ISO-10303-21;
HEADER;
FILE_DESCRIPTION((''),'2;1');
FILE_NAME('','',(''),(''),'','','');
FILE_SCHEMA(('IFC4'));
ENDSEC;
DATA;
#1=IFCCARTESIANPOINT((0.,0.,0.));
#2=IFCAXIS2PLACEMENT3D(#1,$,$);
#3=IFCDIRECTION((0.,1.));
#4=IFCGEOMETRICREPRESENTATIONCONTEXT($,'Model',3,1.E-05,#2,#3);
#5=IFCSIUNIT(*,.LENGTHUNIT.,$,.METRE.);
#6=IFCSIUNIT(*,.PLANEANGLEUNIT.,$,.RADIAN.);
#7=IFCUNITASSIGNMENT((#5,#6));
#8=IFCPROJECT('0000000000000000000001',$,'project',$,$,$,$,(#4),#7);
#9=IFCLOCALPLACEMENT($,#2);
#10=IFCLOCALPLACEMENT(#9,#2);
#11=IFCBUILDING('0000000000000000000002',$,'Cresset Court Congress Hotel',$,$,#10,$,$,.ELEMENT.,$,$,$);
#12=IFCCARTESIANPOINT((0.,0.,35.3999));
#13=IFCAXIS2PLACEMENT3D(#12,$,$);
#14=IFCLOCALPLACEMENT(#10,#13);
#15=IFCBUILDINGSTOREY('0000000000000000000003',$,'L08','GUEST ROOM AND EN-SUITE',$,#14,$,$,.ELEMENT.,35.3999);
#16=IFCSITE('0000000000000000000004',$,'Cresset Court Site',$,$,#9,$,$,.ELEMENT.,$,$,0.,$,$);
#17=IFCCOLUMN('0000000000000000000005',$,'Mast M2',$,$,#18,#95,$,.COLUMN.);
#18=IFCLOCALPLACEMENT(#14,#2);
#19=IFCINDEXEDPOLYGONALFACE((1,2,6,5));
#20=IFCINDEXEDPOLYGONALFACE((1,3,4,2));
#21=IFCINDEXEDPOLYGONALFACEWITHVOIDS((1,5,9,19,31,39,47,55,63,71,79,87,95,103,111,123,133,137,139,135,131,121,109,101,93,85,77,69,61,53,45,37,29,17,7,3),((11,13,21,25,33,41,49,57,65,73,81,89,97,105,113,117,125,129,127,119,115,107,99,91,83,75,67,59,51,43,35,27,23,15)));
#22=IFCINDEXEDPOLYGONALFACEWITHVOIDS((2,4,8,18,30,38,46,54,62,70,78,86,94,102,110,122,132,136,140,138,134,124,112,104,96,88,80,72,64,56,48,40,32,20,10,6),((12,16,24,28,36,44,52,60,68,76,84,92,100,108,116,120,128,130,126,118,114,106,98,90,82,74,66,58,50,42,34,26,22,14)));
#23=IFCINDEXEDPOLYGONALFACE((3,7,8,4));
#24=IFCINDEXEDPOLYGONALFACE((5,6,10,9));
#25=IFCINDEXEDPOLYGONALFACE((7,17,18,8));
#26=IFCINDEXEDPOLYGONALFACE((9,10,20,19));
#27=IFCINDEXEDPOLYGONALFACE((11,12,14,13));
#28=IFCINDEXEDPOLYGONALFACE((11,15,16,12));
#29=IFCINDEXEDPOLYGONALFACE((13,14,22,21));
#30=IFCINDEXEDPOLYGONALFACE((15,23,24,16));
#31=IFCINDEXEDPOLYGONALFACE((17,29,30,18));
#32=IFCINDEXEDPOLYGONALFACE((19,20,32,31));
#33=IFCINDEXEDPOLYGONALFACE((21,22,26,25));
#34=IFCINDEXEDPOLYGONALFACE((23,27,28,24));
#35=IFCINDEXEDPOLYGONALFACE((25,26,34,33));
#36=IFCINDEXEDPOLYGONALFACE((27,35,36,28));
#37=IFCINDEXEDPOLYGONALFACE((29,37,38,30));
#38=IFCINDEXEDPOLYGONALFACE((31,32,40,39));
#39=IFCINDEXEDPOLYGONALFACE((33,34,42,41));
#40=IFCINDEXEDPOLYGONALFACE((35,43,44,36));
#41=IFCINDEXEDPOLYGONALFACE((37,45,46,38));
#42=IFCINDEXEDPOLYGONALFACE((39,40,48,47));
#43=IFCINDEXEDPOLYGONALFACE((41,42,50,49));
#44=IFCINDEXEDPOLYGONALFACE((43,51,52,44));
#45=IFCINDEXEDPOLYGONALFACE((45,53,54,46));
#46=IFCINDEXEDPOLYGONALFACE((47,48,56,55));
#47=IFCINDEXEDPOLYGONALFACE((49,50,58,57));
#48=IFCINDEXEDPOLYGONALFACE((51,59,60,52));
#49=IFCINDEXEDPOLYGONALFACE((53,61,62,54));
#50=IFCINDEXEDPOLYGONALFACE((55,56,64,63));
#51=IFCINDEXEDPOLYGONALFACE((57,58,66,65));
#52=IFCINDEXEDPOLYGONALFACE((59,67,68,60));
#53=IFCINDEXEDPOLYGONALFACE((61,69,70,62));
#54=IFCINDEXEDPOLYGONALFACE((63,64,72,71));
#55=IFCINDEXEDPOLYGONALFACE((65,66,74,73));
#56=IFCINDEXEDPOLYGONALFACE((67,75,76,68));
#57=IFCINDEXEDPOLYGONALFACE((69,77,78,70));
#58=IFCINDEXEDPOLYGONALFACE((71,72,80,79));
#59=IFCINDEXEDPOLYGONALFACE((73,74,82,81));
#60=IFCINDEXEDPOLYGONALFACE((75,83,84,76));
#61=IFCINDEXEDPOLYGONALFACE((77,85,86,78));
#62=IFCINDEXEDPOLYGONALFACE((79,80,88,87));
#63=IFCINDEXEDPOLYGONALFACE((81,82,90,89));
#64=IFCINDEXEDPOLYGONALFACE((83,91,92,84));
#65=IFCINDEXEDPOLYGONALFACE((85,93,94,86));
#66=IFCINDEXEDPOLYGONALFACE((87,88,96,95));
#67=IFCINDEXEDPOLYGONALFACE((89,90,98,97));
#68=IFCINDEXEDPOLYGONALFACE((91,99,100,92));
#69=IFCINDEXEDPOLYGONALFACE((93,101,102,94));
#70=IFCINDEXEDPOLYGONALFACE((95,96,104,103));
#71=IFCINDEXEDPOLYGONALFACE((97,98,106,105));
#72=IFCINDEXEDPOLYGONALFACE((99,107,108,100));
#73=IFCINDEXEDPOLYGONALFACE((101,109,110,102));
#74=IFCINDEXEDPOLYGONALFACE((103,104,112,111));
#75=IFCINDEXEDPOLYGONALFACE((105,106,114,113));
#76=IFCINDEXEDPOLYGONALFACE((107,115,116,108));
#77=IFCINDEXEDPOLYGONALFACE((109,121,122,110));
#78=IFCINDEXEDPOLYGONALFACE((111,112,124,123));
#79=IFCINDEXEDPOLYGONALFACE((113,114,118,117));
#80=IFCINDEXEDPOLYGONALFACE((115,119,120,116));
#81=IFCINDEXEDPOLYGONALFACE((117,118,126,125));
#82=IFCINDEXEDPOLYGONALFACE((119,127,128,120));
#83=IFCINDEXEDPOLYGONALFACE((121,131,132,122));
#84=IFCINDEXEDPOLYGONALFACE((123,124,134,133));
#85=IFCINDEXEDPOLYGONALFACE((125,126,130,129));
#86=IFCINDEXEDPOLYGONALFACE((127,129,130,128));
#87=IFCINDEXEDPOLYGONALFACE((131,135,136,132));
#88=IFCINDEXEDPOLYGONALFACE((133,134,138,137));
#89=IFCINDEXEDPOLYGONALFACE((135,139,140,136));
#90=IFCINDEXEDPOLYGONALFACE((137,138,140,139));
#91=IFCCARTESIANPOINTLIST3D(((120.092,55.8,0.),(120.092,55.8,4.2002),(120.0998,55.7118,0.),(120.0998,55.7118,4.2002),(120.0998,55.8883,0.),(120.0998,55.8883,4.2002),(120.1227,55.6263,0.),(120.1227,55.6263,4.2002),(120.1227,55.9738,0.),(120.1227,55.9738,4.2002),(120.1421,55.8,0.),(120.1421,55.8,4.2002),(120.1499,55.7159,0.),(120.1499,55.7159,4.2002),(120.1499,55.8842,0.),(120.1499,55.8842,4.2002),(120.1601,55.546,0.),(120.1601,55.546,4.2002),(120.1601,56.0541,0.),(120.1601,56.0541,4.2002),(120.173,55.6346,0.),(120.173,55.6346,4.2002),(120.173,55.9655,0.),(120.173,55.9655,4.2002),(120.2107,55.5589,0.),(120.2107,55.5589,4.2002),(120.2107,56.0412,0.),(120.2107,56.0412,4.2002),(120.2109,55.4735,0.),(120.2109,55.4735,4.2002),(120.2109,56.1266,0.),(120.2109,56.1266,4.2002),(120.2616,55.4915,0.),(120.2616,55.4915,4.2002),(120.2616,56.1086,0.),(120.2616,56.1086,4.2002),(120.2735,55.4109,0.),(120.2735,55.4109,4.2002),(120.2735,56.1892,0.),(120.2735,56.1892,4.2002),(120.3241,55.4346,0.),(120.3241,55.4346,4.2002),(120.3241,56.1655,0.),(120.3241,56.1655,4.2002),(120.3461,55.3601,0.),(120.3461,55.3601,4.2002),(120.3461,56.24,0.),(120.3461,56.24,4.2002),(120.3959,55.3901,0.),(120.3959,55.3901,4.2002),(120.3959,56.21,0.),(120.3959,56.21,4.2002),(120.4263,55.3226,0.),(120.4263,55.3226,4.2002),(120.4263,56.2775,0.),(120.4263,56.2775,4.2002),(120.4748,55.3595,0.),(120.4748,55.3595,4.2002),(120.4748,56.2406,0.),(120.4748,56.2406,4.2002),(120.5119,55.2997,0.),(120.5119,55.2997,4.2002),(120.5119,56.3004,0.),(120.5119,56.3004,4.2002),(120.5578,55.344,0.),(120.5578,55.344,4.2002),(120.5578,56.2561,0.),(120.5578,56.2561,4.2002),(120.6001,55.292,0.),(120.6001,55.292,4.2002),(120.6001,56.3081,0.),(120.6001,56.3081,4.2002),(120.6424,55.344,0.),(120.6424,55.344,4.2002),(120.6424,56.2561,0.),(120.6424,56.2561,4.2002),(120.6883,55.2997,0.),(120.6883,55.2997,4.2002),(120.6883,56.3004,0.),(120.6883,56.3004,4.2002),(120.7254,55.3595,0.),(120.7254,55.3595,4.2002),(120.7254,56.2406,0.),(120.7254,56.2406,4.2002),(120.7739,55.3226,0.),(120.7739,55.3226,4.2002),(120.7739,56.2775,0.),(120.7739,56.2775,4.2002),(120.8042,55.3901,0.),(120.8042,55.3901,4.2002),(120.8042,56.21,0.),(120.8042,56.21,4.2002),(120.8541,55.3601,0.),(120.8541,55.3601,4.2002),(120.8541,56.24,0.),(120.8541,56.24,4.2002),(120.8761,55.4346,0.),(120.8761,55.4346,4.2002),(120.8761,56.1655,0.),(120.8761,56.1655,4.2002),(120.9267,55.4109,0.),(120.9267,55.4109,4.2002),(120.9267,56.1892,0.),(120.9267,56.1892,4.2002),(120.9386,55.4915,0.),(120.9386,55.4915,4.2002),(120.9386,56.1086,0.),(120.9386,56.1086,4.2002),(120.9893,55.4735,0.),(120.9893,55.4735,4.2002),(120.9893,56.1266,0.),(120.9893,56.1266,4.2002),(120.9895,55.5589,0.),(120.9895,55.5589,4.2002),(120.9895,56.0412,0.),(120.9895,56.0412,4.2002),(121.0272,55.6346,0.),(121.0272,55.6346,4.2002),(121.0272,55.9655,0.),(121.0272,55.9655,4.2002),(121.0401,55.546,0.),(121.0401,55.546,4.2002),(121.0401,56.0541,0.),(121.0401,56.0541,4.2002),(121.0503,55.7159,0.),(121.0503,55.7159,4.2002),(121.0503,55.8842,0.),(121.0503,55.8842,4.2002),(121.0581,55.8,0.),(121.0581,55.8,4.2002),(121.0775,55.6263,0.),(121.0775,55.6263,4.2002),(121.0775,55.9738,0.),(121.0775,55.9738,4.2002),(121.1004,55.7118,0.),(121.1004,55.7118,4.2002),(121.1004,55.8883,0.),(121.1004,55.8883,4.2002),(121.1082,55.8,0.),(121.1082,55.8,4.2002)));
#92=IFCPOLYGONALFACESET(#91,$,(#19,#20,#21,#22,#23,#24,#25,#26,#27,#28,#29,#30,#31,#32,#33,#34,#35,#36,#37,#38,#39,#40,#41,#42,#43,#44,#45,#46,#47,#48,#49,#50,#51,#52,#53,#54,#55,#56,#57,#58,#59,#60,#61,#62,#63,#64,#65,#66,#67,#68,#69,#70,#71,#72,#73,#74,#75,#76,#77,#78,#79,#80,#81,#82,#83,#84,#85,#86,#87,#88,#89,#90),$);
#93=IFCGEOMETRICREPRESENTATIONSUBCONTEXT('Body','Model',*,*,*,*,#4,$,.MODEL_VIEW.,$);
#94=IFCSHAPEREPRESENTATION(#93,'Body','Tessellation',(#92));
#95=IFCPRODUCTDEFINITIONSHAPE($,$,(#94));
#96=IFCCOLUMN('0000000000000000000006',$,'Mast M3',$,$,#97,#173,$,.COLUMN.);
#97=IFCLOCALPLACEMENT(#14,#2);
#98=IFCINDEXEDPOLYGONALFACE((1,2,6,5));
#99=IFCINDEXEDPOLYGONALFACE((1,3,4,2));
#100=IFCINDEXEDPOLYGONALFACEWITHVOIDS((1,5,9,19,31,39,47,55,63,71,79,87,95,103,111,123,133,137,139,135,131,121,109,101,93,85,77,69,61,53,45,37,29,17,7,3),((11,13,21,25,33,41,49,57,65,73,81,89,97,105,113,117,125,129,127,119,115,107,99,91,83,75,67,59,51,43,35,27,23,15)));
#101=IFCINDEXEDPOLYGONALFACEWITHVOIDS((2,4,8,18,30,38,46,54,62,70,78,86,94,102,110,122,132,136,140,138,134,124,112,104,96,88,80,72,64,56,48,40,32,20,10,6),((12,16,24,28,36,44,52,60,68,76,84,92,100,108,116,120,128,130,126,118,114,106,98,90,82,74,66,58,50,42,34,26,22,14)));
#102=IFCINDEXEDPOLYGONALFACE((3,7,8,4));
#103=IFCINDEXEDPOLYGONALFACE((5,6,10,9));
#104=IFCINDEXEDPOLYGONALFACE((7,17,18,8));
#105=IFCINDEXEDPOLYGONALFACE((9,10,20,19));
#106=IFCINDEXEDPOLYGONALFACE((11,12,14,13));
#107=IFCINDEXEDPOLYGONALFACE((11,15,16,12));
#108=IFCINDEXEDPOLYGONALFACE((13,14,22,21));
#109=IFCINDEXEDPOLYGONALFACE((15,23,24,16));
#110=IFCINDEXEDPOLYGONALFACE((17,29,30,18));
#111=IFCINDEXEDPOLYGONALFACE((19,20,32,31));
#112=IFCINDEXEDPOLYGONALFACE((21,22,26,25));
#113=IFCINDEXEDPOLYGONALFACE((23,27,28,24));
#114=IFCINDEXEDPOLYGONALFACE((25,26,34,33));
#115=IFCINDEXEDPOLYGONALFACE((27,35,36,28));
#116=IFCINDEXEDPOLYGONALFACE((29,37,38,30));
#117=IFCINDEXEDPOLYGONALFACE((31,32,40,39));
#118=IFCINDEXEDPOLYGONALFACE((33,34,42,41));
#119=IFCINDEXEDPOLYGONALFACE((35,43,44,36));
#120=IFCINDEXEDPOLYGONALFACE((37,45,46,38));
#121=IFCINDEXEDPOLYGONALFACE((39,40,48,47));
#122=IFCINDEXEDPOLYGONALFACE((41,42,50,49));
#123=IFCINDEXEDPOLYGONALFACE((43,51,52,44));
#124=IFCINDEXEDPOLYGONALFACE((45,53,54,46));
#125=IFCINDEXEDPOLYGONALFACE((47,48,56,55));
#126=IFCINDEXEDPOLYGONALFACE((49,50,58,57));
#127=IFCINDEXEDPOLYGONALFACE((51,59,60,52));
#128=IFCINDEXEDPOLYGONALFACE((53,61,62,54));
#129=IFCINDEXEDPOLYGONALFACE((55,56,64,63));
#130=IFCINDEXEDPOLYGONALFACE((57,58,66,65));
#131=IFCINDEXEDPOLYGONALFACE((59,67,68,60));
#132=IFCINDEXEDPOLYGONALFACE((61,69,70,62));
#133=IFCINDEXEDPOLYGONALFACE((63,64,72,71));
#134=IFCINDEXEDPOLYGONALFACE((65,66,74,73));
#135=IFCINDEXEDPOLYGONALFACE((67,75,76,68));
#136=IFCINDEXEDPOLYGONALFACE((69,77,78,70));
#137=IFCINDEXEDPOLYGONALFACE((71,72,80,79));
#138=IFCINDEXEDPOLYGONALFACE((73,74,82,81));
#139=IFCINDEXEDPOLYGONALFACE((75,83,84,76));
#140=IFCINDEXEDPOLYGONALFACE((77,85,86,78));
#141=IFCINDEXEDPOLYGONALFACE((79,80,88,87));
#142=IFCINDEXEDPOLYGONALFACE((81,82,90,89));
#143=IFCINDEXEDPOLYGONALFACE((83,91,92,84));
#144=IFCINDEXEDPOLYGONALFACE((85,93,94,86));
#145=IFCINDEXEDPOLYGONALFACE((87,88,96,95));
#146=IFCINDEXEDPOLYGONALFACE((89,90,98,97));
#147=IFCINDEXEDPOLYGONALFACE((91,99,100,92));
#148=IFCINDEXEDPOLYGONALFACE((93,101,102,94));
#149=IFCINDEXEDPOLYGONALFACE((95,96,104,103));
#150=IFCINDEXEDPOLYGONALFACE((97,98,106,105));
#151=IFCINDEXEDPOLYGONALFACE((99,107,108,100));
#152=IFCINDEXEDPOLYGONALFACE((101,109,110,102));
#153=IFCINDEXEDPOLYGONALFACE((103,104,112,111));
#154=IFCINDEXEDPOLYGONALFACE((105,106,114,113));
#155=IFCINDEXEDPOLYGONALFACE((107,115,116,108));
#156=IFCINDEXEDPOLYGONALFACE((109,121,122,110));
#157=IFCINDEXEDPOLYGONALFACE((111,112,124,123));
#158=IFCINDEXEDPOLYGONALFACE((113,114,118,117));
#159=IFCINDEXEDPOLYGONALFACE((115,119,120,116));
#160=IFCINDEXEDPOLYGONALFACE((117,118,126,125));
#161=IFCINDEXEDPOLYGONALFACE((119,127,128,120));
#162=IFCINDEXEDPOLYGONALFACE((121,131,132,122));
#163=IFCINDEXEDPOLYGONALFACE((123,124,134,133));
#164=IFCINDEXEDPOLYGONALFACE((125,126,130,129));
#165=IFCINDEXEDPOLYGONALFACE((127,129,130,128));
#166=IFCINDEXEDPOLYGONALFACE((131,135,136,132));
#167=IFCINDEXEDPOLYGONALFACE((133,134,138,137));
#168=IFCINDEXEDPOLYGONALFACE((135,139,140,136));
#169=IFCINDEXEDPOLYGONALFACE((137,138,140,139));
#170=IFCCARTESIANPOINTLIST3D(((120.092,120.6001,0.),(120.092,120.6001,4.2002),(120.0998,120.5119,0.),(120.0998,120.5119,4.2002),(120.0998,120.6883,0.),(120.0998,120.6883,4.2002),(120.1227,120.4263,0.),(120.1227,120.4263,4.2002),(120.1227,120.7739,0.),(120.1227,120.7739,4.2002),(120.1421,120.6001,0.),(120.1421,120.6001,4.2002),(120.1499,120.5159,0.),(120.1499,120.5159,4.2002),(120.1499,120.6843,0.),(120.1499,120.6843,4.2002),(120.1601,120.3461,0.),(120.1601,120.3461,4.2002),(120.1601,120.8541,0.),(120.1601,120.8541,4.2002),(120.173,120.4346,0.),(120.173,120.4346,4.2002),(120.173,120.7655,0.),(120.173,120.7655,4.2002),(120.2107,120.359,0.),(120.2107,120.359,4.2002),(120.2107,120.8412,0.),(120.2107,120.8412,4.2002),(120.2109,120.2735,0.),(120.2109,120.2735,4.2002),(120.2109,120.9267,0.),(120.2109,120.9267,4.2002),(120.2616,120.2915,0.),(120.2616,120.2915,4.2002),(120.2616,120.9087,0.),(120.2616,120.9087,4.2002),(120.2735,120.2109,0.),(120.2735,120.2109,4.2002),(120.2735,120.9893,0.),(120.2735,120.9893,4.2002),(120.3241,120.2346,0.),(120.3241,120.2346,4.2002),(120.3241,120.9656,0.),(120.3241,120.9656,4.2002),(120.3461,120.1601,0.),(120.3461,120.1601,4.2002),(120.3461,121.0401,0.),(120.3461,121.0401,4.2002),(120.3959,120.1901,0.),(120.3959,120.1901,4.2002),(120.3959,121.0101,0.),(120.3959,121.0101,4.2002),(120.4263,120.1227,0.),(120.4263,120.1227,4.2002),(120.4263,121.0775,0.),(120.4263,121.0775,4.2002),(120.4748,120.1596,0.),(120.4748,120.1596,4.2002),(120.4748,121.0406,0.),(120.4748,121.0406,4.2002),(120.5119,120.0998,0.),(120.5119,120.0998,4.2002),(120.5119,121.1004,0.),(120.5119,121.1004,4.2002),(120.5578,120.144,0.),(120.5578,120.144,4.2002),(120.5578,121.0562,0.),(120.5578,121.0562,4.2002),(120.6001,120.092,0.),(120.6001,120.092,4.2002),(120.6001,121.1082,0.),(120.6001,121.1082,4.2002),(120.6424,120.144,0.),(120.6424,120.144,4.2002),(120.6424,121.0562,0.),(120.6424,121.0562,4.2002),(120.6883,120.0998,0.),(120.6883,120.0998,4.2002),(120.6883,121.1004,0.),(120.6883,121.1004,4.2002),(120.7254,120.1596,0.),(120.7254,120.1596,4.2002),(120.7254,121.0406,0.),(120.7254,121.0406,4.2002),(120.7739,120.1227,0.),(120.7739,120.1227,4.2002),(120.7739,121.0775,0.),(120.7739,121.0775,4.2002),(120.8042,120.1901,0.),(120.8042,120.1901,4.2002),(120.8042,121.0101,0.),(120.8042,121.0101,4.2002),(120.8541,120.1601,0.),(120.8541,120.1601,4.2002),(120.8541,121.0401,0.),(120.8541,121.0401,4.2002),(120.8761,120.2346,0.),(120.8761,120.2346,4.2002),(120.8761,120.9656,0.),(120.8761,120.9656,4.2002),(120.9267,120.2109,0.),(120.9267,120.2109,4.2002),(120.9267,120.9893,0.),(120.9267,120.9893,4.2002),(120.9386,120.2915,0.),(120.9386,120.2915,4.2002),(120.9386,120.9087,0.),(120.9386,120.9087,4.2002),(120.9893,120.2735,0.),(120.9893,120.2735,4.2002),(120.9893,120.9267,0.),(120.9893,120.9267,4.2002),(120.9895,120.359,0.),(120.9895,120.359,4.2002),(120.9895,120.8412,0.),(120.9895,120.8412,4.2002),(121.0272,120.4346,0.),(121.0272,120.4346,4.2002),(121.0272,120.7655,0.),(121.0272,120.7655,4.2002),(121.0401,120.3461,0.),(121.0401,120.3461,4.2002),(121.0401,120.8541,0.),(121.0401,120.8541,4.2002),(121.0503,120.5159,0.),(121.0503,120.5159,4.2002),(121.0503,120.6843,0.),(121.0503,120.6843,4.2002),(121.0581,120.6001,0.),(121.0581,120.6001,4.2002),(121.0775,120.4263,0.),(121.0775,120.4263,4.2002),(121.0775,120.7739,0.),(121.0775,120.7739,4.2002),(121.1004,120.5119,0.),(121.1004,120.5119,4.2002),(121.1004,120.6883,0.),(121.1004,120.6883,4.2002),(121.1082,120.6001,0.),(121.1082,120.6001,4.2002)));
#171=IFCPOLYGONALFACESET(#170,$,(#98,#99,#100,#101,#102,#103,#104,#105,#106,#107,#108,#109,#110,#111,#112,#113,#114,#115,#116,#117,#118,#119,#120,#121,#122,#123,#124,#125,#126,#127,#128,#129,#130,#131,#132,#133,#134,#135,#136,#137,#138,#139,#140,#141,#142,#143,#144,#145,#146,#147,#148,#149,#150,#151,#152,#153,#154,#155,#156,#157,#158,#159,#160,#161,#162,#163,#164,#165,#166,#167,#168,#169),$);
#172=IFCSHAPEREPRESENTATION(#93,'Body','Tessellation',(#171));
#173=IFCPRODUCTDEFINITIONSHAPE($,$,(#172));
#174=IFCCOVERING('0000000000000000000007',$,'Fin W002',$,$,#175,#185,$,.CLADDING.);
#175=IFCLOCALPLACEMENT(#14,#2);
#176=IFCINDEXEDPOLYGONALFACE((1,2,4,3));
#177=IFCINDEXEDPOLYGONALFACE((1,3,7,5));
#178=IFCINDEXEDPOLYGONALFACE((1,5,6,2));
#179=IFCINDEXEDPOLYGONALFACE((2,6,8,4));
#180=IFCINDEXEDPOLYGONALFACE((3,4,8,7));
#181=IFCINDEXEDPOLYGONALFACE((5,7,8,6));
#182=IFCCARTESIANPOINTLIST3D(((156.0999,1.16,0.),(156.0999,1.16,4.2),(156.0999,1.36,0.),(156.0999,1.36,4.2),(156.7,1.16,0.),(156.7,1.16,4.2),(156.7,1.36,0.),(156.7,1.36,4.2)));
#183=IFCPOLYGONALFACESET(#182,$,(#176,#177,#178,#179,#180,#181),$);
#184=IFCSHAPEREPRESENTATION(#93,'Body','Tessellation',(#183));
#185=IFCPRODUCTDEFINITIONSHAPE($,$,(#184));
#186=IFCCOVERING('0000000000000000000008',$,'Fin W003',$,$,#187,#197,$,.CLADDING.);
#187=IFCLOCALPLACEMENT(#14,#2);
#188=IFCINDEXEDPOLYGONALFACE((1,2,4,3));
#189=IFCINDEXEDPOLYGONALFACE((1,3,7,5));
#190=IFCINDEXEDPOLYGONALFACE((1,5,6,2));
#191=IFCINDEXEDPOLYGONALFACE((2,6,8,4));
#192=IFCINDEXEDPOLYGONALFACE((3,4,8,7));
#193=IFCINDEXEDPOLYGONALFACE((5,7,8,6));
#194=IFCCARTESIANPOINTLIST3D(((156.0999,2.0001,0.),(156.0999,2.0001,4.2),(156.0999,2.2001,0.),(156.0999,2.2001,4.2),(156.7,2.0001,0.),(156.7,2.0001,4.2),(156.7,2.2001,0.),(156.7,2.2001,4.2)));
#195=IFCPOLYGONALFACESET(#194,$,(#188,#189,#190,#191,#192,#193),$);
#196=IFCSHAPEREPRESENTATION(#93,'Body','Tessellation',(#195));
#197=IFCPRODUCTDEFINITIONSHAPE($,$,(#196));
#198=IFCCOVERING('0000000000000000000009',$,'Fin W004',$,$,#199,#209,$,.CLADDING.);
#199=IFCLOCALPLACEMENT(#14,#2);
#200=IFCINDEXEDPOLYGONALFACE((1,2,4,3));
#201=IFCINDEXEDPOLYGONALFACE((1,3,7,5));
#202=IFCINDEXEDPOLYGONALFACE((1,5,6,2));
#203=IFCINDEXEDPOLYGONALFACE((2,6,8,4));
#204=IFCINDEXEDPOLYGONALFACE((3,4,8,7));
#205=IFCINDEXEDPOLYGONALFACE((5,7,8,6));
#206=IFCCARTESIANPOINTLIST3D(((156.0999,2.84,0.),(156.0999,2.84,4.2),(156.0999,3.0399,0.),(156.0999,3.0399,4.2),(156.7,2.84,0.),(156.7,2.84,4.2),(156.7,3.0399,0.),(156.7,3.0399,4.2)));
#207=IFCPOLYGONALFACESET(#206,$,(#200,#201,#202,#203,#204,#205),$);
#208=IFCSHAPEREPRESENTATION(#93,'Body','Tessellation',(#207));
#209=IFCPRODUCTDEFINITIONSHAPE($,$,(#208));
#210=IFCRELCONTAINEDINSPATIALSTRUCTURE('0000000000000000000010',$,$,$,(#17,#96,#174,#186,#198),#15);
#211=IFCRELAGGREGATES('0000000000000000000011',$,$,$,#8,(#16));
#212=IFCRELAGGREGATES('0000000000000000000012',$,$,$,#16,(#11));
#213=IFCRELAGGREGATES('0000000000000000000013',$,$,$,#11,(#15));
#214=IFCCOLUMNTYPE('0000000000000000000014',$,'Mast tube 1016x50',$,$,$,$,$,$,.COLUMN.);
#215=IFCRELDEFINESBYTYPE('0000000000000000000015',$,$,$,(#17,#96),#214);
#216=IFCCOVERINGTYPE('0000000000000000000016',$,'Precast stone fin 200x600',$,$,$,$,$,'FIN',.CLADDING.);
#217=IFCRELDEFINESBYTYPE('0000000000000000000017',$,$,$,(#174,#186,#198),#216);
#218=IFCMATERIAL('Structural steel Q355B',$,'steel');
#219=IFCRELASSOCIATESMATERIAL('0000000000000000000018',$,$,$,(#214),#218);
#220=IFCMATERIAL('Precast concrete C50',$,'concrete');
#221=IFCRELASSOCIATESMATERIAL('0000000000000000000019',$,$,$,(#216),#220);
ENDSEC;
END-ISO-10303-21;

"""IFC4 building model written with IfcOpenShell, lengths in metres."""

from ifc_helpers import new_model, si_unit, direction, frame, origin, origin_2d, place, context, subcontext, project, spatial, rectangle, hollow_circle, extrude, material, material_profile, profile_set, type_object, element, save


model = new_model("IFC4")

# Units and contexts
model_context = context("Model", 3, precision=1e-05, world=origin(), true_north=direction((0.0, 1.0)))
body_context = subcontext(model_context, "Body", "Model", "MODEL_VIEW")
ifc_project = project(units=[si_unit("LENGTHUNIT", "METRE"), si_unit("PLANEANGLEUNIT", "RADIAN")], contexts=[model_context])

# Site, building, storey
site_placement = place(None, origin())
site = spatial("IfcSite", under=ifc_project, at=site_placement, Name="Cresset Court Site", CompositionType="ELEMENT", RefElevation=0.0)
building_placement = place(site_placement, origin())
building = spatial("IfcBuilding", under=site, at=building_placement, Name="Cresset Court Congress Hotel", CompositionType="ELEMENT")
storey_placement = place(building_placement, frame((0.0, 0.0, 35.3999)))
storey = spatial("IfcBuildingStorey", under=building, at=storey_placement, Name="L08", Description="GUEST ROOM AND EN-SUITE", CompositionType="ELEMENT", Elevation=35.3999)

# Columns
ifc_material_1 = material(Name="Structural steel Q355B", Category="steel")
ifc_material_profile = material_profile(ifc_material_1, hollow_circle(Radius=0.5081, WallThickness=0.05, at=origin_2d()), Name="CHS1016x50")
ifc_profile_set = profile_set([ifc_material_profile], Name="Structural steel Q355B")
column_type = type_object("IfcColumnType", Name="Mast tube 1016x50", PredefinedType="COLUMN", material=ifc_profile_set)
for number, where, z_axis, x_axis, name in (
    (1, (120.6001, 55.8, 0.0), (0.0, 0.0, 1.0), (1.0, 0.0, 0.0), "Mast M2"),
    (2, (120.6001, 120.6001, 0.0), (0.0, 0.0, 1.0), (1.0, 0.0, 0.0), "Mast M3"),
):
    element("IfcColumn", number, at=place(storey_placement, frame(where, z_axis=z_axis, x_axis=x_axis)), inside=storey, type_object=column_type, Name=name, PredefinedType="COLUMN", context=body_context, shape_type="SweptSolid", body=[
        extrude(hollow_circle(Radius=0.5081, WallThickness=0.05, at=origin_2d()), origin(), (0.0, 0.0, 1.0), 4.2002),
    ])

# Coverings
ifc_material_2 = material(Name="Precast concrete C50", Category="concrete")
covering_type_1 = type_object("IfcCoveringType", Name="Precast stone fin 200x600", ElementType="FIN", PredefinedType="CLADDING", material=ifc_material_2)
for number, where, z_axis, x_axis, name in (
    (3, (156.3999, 1.26, 0.0), (0.0, 0.0, 1.0), (1.0, 0.0, 0.0), "Fin W002"),
    (4, (156.3999, 2.1001, 0.0), (0.0, 0.0, 1.0), (1.0, 0.0, 0.0), "Fin W003"),
    (5, (156.3999, 2.9399, 0.0), (0.0, 0.0, 1.0), (1.0, 0.0, 0.0), "Fin W004"),
):
    element("IfcCovering", number, at=place(storey_placement, frame(where, z_axis=z_axis, x_axis=x_axis)), inside=storey, type_object=covering_type_1, Name=name, PredefinedType="CLADDING", context=body_context, shape_type="SweptSolid", body=[
        extrude(rectangle(XDim=0.6001, YDim=0.2, at=origin_2d()), origin(), (0.0, 0.0, 1.0), 4.2),
    ])

save(model, "model.ifc")
